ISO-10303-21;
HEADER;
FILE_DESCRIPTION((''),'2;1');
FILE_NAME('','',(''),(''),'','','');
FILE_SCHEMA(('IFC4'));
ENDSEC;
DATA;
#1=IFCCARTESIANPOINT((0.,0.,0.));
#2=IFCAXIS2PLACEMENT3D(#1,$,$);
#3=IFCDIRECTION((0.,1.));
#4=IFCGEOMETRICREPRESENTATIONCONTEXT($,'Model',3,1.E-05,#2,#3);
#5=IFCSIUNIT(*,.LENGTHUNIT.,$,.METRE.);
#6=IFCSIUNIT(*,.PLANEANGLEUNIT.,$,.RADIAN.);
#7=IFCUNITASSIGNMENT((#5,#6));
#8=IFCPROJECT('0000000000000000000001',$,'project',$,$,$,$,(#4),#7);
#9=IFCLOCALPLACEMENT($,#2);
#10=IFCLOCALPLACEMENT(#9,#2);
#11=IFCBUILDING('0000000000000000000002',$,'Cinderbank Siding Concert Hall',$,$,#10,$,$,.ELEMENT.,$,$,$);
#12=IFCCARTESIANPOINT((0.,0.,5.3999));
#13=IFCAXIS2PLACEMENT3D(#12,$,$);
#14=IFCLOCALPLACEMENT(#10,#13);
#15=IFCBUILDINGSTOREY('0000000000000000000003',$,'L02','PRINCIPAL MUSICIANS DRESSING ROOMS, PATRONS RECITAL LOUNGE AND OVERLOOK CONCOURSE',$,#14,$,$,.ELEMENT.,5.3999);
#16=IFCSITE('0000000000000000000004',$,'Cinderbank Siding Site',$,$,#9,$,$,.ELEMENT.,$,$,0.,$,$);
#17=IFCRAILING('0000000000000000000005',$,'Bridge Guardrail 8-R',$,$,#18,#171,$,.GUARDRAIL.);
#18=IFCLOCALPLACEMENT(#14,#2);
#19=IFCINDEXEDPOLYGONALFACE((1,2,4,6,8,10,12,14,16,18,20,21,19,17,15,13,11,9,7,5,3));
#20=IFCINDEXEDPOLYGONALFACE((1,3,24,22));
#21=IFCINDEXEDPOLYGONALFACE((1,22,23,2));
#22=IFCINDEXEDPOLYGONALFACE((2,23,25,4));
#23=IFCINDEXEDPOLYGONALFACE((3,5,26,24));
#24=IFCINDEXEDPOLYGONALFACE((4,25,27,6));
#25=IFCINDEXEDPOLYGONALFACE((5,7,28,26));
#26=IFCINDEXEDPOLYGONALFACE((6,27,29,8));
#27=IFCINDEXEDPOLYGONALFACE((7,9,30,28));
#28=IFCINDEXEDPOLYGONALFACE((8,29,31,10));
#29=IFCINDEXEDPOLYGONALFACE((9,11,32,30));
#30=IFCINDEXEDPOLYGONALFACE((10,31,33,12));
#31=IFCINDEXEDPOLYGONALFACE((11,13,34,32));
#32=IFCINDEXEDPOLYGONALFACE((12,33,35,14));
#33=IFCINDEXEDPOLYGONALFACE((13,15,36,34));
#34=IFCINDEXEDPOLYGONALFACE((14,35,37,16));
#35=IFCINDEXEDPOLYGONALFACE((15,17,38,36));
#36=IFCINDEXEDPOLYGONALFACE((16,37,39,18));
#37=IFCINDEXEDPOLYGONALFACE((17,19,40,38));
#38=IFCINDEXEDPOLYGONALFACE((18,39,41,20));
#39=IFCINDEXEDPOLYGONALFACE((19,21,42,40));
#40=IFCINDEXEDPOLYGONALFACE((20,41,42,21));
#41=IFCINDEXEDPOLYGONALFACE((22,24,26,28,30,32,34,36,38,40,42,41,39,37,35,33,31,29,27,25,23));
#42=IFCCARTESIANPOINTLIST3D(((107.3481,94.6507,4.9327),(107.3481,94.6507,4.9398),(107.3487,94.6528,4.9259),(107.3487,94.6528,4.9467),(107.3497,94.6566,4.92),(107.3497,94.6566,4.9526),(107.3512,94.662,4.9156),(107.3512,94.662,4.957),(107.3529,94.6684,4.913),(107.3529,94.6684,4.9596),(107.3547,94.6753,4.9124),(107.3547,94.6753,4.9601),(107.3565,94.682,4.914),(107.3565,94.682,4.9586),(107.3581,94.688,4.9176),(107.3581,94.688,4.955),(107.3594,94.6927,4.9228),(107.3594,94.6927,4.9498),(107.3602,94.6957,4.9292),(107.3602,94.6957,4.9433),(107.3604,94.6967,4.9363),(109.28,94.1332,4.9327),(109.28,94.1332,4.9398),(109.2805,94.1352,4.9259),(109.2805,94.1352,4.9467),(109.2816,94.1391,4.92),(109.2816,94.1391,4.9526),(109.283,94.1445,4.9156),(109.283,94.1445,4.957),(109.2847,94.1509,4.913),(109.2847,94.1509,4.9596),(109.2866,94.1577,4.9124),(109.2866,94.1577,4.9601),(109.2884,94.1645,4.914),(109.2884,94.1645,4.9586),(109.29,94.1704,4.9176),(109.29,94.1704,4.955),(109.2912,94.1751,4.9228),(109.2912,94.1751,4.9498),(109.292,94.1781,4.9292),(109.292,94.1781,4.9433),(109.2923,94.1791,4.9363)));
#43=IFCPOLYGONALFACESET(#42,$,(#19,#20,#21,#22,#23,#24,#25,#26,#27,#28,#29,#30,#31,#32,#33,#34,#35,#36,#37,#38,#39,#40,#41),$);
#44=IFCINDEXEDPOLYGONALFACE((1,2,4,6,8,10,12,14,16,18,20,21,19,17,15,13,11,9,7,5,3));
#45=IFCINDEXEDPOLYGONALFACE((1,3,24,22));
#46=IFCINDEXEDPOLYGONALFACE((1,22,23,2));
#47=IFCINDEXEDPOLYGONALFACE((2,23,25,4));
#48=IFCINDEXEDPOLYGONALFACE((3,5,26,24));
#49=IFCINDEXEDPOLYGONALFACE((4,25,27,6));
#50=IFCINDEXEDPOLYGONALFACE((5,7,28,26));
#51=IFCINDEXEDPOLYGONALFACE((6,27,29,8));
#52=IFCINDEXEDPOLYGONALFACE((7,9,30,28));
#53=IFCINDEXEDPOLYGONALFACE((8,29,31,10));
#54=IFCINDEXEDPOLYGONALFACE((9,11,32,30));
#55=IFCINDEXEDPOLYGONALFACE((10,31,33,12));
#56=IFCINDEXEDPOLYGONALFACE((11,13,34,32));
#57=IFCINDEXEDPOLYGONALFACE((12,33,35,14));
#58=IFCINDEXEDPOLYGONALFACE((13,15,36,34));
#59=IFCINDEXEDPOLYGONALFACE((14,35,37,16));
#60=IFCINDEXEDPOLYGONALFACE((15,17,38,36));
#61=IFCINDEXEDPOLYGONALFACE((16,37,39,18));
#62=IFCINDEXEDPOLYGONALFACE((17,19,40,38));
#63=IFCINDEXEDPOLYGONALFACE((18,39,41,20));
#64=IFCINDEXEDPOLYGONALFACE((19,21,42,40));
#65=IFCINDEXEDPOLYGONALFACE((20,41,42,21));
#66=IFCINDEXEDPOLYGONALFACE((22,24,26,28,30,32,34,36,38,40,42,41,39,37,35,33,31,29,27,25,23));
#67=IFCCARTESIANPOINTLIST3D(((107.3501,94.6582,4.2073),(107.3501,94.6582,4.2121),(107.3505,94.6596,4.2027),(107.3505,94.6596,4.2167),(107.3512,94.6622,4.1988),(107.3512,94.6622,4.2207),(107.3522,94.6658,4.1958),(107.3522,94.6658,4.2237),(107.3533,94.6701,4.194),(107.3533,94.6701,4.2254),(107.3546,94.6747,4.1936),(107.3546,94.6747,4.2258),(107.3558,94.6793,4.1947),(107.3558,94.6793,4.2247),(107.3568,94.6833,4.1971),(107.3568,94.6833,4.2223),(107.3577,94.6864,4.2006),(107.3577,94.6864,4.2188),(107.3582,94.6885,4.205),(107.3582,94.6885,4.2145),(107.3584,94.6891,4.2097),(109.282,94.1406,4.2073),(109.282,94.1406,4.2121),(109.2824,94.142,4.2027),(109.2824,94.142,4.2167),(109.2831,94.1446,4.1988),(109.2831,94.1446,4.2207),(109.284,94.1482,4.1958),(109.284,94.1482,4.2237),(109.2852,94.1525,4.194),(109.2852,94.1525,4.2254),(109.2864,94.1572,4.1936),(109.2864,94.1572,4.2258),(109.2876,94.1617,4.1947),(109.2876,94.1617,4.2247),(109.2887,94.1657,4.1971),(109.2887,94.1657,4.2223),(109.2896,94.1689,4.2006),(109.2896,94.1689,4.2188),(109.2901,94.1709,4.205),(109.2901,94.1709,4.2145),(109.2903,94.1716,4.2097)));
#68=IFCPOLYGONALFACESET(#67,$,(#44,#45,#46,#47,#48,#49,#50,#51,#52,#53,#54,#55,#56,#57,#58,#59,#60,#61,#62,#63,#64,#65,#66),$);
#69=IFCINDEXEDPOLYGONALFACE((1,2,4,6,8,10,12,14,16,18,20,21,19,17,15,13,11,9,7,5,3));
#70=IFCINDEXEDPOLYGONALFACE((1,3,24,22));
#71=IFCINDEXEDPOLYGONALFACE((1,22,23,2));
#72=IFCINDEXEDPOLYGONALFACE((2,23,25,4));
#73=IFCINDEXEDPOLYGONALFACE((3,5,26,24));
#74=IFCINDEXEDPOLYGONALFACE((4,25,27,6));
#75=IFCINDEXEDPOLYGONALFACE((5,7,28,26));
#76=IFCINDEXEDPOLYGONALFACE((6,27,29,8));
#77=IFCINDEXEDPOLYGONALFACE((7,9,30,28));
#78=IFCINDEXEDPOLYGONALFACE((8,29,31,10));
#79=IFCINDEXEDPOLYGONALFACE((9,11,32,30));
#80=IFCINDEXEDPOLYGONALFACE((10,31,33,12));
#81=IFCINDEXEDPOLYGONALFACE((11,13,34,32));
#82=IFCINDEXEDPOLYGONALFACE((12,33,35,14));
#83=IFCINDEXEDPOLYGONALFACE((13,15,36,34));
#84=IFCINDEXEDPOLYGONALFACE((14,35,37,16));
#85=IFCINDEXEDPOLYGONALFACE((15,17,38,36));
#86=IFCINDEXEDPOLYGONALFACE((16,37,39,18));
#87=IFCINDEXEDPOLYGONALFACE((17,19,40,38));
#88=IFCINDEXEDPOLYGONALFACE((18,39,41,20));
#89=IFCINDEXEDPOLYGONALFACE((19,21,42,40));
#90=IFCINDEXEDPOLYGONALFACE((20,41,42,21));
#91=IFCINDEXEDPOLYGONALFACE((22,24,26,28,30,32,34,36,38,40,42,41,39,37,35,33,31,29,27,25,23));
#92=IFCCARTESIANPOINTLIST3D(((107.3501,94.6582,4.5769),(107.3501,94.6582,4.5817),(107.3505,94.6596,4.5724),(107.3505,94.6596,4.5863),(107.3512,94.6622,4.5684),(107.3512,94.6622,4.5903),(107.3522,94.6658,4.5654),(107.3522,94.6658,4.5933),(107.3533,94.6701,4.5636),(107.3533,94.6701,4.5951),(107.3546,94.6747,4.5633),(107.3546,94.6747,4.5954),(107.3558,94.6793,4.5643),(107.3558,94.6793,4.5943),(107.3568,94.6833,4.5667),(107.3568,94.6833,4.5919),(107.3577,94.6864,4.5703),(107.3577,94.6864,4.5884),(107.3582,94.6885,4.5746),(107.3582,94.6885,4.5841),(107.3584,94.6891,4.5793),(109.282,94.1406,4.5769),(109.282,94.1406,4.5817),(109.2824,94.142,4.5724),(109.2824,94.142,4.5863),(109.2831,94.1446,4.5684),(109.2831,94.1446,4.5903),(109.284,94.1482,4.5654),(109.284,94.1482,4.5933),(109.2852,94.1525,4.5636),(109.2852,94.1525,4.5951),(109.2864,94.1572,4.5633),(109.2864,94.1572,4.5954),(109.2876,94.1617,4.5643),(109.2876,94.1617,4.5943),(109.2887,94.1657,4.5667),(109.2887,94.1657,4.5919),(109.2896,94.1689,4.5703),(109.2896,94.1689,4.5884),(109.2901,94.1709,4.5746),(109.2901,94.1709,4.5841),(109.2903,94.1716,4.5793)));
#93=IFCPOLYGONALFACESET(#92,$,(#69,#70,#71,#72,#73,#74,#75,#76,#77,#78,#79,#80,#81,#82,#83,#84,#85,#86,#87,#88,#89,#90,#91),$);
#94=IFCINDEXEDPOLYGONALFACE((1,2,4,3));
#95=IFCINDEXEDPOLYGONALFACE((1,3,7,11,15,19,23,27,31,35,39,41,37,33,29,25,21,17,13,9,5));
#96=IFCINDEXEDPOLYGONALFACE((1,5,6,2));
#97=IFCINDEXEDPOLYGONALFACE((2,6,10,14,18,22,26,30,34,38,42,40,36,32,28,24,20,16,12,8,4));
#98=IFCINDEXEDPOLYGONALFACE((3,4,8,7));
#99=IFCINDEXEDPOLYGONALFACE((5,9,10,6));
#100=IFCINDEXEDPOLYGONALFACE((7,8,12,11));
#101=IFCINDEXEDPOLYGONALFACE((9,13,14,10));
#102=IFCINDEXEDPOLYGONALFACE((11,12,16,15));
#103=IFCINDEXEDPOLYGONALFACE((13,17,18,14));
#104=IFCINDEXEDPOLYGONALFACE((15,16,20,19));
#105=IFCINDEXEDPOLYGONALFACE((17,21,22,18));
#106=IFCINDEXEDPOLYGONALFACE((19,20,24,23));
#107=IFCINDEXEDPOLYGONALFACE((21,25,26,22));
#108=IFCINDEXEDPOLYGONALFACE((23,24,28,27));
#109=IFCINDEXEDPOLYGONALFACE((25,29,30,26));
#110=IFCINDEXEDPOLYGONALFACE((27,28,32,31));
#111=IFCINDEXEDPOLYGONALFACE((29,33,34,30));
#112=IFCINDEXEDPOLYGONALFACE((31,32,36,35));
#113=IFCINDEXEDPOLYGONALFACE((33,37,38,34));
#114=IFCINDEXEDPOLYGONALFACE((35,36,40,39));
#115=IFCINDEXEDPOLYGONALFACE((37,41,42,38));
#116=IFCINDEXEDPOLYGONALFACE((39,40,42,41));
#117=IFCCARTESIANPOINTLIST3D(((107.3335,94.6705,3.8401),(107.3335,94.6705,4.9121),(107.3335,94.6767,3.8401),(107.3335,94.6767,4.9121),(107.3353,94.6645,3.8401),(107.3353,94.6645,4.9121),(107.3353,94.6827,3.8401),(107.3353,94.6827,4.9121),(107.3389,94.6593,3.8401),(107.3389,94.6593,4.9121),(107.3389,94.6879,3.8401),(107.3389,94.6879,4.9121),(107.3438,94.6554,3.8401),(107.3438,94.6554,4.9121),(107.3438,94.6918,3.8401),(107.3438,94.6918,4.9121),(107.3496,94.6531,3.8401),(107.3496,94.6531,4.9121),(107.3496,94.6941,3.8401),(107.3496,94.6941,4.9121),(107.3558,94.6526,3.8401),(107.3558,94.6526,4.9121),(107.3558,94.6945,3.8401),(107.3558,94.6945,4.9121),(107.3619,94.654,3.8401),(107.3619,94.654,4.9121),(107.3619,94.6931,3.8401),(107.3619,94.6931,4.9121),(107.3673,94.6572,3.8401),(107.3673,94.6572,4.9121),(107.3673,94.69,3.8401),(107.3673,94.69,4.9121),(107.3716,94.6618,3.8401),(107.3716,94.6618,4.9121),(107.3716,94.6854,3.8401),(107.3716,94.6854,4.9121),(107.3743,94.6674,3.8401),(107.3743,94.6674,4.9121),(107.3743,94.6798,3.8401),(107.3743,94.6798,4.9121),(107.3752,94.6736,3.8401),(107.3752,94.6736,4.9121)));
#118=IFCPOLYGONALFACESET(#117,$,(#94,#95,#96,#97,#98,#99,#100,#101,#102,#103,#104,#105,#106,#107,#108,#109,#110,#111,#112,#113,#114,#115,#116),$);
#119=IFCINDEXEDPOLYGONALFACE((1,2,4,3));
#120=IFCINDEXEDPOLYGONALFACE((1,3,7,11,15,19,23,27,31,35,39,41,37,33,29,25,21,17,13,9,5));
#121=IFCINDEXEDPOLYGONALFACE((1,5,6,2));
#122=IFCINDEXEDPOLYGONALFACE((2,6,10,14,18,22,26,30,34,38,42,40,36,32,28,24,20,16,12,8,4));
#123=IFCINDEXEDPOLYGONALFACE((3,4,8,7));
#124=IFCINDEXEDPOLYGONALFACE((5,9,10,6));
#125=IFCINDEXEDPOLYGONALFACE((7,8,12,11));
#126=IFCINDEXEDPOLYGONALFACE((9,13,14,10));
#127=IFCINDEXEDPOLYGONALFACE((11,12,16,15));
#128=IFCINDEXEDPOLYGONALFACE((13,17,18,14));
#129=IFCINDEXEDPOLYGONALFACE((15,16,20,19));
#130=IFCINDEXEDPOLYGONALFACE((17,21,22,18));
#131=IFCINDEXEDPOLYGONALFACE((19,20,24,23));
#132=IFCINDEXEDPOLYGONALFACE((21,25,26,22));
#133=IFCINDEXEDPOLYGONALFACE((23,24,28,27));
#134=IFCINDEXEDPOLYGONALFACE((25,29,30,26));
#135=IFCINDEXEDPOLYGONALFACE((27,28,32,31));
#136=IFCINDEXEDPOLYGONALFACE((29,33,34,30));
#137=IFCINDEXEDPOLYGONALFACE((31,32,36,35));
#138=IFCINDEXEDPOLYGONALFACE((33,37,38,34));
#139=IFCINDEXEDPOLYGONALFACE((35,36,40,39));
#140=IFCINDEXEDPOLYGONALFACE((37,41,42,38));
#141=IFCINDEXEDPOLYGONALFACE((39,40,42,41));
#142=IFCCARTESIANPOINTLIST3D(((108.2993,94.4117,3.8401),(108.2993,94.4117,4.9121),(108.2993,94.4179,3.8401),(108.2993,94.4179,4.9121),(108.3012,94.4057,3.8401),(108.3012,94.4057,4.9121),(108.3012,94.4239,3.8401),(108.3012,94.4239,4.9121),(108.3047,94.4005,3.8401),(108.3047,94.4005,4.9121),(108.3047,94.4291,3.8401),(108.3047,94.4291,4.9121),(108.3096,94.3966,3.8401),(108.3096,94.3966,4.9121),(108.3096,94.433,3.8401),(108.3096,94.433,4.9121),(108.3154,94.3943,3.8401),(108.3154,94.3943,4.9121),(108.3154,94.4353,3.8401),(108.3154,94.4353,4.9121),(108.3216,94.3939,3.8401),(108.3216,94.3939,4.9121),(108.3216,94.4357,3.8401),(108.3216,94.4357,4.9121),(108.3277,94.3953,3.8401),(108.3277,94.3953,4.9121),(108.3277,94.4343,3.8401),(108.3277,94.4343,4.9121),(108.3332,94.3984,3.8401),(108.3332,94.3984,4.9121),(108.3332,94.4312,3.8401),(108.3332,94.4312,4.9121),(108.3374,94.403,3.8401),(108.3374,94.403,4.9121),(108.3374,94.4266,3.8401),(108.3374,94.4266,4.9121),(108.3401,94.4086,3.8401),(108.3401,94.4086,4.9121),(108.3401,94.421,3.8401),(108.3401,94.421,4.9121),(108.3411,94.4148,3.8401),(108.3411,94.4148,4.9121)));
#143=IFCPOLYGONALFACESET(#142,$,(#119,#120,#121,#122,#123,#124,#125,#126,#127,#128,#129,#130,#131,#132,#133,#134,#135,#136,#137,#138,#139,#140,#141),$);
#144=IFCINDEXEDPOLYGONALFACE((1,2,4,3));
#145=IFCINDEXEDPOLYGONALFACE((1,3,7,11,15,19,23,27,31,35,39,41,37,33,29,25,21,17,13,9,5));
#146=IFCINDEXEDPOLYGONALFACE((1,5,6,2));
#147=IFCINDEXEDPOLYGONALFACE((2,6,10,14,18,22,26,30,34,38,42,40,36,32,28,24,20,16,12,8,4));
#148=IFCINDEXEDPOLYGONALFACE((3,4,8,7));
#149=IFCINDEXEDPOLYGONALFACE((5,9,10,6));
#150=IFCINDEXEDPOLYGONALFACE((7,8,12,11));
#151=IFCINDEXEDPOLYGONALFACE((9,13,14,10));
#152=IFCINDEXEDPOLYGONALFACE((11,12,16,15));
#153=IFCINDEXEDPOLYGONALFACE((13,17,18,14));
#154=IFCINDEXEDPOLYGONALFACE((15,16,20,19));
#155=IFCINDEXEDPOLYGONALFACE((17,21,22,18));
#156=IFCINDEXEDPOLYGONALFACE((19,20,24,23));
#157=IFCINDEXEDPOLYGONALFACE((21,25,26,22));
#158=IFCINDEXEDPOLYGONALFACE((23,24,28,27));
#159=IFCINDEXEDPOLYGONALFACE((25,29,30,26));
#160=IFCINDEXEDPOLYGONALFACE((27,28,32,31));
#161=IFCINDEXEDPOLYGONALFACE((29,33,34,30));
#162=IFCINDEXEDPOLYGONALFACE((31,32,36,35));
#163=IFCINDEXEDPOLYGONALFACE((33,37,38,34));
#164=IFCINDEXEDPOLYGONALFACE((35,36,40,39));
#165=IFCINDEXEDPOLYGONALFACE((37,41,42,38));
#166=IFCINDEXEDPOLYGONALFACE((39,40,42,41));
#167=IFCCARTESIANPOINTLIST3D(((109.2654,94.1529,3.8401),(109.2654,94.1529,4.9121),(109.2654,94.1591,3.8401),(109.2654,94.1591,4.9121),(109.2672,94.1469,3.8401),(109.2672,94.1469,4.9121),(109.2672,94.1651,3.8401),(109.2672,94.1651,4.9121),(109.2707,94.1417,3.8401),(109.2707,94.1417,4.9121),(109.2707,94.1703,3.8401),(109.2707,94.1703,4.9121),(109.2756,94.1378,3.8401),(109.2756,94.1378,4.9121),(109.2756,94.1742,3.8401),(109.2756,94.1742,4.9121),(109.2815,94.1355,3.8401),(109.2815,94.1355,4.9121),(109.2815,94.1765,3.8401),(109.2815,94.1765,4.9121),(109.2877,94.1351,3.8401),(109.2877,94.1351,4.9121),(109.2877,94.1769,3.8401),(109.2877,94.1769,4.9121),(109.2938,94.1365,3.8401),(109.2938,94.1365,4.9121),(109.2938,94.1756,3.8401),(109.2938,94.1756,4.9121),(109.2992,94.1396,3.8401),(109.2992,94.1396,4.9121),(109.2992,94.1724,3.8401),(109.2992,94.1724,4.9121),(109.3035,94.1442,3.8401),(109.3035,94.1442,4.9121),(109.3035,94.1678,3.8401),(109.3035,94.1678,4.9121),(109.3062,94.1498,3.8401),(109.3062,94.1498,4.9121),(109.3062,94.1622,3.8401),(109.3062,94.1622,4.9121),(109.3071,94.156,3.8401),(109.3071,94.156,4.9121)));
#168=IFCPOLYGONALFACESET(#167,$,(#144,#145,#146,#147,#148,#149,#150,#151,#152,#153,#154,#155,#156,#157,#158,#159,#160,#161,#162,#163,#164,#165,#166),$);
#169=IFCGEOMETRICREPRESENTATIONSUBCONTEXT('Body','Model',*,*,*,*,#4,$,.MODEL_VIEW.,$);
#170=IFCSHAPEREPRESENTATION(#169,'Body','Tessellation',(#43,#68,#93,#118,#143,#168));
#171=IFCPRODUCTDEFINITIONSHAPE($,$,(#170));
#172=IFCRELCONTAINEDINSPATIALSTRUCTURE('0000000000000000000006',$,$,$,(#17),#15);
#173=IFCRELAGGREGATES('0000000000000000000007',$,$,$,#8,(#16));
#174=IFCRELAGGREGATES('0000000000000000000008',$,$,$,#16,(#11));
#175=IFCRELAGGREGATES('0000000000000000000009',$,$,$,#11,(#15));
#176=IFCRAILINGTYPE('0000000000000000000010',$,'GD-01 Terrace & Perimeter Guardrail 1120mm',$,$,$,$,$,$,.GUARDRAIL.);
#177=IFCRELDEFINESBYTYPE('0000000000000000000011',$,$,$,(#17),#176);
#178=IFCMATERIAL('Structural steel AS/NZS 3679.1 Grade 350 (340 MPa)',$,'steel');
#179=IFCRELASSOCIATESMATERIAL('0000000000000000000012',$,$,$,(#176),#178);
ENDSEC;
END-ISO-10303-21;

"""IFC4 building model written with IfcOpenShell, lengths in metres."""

from ifc_helpers import new_model, si_unit, direction, frame, origin, origin_2d, place, context, subcontext, project, spatial, circle, extrude, material, type_object, element, save


model = new_model("IFC4")

# Units and contexts
model_context = context("Model", 3, precision=1e-05, world=origin(), true_north=direction((0.0, 1.0)))
body_context = subcontext(model_context, "Body", "Model", "MODEL_VIEW")
ifc_project = project(units=[si_unit("LENGTHUNIT", "METRE"), si_unit("PLANEANGLEUNIT", "RADIAN")], contexts=[model_context])

# Site, building, storey
site_placement = place(None, origin())
site = spatial("IfcSite", under=ifc_project, at=site_placement, Name="Cinderbank Siding Site", CompositionType="ELEMENT", RefElevation=0.0)
building_placement = place(site_placement, origin())
building = spatial("IfcBuilding", under=site, at=building_placement, Name="Cinderbank Siding Concert Hall", CompositionType="ELEMENT")
storey_placement = place(building_placement, frame((0.0, 0.0, 5.3999)))
storey = spatial("IfcBuildingStorey", under=building, at=storey_placement, Name="L02", Description="PRINCIPAL MUSICIANS DRESSING ROOMS, PATRONS RECITAL LOUNGE AND OVERLOOK CONCOURSE", CompositionType="ELEMENT", Elevation=5.3999)

# Shared definitions
ifc_material_1 = material(Name="Structural steel AS/NZS 3679.1 Grade 350 (340 MPa)", Category="steel")

# Railing
railing_type_1 = type_object("IfcRailingType", Name="GD-01 Terrace & Perimeter Guardrail 1120mm", PredefinedType="GUARDRAIL", material=ifc_material_1)
railing_1_placement = place(storey_placement, frame((107.3542, 94.6736, 3.8401)))
element("IfcRailing", 1, at=railing_1_placement, inside=storey, type_object=railing_type_1, Name="Bridge Guardrail 8-R", PredefinedType="GUARDRAIL", context=body_context, shape_type="SweptSolid", body=[
    extrude(circle(Radius=0.0239, at=origin_2d()), frame((0.0, 0.0, 1.0962), z_axis=(0.965934, -0.258787, 0.0), x_axis=(0.258787, 0.965934, 0.0)), (0.0, 0.0, 1.0), 2.0),
    extrude(circle(Radius=0.0161, at=origin_2d()), frame((0.0, 0.0, 0.3696), z_axis=(0.965934, -0.258787, 0.0), x_axis=(0.258787, 0.965934, 0.0)), (0.0, 0.0, 1.0), 2.0),
    extrude(circle(Radius=0.0161, at=origin_2d()), frame((0.0, 0.0, 0.7393), z_axis=(0.965934, -0.258787, 0.0), x_axis=(0.258787, 0.965934, 0.0)), (0.0, 0.0, 1.0), 2.0),
    extrude(circle(Radius=0.021, at=origin_2d()), origin(), (0.0, 0.0, 1.0), 1.072),
    extrude(circle(Radius=0.021, at=origin_2d()), frame((0.9658, -0.2588, 0.0)), (0.0, 0.0, 1.0), 1.072),
    extrude(circle(Radius=0.021, at=origin_2d()), frame((1.9319, -0.5176, 0.0)), (0.0, 0.0, 1.0), 1.072),
])

save(model, "model.ifc")
